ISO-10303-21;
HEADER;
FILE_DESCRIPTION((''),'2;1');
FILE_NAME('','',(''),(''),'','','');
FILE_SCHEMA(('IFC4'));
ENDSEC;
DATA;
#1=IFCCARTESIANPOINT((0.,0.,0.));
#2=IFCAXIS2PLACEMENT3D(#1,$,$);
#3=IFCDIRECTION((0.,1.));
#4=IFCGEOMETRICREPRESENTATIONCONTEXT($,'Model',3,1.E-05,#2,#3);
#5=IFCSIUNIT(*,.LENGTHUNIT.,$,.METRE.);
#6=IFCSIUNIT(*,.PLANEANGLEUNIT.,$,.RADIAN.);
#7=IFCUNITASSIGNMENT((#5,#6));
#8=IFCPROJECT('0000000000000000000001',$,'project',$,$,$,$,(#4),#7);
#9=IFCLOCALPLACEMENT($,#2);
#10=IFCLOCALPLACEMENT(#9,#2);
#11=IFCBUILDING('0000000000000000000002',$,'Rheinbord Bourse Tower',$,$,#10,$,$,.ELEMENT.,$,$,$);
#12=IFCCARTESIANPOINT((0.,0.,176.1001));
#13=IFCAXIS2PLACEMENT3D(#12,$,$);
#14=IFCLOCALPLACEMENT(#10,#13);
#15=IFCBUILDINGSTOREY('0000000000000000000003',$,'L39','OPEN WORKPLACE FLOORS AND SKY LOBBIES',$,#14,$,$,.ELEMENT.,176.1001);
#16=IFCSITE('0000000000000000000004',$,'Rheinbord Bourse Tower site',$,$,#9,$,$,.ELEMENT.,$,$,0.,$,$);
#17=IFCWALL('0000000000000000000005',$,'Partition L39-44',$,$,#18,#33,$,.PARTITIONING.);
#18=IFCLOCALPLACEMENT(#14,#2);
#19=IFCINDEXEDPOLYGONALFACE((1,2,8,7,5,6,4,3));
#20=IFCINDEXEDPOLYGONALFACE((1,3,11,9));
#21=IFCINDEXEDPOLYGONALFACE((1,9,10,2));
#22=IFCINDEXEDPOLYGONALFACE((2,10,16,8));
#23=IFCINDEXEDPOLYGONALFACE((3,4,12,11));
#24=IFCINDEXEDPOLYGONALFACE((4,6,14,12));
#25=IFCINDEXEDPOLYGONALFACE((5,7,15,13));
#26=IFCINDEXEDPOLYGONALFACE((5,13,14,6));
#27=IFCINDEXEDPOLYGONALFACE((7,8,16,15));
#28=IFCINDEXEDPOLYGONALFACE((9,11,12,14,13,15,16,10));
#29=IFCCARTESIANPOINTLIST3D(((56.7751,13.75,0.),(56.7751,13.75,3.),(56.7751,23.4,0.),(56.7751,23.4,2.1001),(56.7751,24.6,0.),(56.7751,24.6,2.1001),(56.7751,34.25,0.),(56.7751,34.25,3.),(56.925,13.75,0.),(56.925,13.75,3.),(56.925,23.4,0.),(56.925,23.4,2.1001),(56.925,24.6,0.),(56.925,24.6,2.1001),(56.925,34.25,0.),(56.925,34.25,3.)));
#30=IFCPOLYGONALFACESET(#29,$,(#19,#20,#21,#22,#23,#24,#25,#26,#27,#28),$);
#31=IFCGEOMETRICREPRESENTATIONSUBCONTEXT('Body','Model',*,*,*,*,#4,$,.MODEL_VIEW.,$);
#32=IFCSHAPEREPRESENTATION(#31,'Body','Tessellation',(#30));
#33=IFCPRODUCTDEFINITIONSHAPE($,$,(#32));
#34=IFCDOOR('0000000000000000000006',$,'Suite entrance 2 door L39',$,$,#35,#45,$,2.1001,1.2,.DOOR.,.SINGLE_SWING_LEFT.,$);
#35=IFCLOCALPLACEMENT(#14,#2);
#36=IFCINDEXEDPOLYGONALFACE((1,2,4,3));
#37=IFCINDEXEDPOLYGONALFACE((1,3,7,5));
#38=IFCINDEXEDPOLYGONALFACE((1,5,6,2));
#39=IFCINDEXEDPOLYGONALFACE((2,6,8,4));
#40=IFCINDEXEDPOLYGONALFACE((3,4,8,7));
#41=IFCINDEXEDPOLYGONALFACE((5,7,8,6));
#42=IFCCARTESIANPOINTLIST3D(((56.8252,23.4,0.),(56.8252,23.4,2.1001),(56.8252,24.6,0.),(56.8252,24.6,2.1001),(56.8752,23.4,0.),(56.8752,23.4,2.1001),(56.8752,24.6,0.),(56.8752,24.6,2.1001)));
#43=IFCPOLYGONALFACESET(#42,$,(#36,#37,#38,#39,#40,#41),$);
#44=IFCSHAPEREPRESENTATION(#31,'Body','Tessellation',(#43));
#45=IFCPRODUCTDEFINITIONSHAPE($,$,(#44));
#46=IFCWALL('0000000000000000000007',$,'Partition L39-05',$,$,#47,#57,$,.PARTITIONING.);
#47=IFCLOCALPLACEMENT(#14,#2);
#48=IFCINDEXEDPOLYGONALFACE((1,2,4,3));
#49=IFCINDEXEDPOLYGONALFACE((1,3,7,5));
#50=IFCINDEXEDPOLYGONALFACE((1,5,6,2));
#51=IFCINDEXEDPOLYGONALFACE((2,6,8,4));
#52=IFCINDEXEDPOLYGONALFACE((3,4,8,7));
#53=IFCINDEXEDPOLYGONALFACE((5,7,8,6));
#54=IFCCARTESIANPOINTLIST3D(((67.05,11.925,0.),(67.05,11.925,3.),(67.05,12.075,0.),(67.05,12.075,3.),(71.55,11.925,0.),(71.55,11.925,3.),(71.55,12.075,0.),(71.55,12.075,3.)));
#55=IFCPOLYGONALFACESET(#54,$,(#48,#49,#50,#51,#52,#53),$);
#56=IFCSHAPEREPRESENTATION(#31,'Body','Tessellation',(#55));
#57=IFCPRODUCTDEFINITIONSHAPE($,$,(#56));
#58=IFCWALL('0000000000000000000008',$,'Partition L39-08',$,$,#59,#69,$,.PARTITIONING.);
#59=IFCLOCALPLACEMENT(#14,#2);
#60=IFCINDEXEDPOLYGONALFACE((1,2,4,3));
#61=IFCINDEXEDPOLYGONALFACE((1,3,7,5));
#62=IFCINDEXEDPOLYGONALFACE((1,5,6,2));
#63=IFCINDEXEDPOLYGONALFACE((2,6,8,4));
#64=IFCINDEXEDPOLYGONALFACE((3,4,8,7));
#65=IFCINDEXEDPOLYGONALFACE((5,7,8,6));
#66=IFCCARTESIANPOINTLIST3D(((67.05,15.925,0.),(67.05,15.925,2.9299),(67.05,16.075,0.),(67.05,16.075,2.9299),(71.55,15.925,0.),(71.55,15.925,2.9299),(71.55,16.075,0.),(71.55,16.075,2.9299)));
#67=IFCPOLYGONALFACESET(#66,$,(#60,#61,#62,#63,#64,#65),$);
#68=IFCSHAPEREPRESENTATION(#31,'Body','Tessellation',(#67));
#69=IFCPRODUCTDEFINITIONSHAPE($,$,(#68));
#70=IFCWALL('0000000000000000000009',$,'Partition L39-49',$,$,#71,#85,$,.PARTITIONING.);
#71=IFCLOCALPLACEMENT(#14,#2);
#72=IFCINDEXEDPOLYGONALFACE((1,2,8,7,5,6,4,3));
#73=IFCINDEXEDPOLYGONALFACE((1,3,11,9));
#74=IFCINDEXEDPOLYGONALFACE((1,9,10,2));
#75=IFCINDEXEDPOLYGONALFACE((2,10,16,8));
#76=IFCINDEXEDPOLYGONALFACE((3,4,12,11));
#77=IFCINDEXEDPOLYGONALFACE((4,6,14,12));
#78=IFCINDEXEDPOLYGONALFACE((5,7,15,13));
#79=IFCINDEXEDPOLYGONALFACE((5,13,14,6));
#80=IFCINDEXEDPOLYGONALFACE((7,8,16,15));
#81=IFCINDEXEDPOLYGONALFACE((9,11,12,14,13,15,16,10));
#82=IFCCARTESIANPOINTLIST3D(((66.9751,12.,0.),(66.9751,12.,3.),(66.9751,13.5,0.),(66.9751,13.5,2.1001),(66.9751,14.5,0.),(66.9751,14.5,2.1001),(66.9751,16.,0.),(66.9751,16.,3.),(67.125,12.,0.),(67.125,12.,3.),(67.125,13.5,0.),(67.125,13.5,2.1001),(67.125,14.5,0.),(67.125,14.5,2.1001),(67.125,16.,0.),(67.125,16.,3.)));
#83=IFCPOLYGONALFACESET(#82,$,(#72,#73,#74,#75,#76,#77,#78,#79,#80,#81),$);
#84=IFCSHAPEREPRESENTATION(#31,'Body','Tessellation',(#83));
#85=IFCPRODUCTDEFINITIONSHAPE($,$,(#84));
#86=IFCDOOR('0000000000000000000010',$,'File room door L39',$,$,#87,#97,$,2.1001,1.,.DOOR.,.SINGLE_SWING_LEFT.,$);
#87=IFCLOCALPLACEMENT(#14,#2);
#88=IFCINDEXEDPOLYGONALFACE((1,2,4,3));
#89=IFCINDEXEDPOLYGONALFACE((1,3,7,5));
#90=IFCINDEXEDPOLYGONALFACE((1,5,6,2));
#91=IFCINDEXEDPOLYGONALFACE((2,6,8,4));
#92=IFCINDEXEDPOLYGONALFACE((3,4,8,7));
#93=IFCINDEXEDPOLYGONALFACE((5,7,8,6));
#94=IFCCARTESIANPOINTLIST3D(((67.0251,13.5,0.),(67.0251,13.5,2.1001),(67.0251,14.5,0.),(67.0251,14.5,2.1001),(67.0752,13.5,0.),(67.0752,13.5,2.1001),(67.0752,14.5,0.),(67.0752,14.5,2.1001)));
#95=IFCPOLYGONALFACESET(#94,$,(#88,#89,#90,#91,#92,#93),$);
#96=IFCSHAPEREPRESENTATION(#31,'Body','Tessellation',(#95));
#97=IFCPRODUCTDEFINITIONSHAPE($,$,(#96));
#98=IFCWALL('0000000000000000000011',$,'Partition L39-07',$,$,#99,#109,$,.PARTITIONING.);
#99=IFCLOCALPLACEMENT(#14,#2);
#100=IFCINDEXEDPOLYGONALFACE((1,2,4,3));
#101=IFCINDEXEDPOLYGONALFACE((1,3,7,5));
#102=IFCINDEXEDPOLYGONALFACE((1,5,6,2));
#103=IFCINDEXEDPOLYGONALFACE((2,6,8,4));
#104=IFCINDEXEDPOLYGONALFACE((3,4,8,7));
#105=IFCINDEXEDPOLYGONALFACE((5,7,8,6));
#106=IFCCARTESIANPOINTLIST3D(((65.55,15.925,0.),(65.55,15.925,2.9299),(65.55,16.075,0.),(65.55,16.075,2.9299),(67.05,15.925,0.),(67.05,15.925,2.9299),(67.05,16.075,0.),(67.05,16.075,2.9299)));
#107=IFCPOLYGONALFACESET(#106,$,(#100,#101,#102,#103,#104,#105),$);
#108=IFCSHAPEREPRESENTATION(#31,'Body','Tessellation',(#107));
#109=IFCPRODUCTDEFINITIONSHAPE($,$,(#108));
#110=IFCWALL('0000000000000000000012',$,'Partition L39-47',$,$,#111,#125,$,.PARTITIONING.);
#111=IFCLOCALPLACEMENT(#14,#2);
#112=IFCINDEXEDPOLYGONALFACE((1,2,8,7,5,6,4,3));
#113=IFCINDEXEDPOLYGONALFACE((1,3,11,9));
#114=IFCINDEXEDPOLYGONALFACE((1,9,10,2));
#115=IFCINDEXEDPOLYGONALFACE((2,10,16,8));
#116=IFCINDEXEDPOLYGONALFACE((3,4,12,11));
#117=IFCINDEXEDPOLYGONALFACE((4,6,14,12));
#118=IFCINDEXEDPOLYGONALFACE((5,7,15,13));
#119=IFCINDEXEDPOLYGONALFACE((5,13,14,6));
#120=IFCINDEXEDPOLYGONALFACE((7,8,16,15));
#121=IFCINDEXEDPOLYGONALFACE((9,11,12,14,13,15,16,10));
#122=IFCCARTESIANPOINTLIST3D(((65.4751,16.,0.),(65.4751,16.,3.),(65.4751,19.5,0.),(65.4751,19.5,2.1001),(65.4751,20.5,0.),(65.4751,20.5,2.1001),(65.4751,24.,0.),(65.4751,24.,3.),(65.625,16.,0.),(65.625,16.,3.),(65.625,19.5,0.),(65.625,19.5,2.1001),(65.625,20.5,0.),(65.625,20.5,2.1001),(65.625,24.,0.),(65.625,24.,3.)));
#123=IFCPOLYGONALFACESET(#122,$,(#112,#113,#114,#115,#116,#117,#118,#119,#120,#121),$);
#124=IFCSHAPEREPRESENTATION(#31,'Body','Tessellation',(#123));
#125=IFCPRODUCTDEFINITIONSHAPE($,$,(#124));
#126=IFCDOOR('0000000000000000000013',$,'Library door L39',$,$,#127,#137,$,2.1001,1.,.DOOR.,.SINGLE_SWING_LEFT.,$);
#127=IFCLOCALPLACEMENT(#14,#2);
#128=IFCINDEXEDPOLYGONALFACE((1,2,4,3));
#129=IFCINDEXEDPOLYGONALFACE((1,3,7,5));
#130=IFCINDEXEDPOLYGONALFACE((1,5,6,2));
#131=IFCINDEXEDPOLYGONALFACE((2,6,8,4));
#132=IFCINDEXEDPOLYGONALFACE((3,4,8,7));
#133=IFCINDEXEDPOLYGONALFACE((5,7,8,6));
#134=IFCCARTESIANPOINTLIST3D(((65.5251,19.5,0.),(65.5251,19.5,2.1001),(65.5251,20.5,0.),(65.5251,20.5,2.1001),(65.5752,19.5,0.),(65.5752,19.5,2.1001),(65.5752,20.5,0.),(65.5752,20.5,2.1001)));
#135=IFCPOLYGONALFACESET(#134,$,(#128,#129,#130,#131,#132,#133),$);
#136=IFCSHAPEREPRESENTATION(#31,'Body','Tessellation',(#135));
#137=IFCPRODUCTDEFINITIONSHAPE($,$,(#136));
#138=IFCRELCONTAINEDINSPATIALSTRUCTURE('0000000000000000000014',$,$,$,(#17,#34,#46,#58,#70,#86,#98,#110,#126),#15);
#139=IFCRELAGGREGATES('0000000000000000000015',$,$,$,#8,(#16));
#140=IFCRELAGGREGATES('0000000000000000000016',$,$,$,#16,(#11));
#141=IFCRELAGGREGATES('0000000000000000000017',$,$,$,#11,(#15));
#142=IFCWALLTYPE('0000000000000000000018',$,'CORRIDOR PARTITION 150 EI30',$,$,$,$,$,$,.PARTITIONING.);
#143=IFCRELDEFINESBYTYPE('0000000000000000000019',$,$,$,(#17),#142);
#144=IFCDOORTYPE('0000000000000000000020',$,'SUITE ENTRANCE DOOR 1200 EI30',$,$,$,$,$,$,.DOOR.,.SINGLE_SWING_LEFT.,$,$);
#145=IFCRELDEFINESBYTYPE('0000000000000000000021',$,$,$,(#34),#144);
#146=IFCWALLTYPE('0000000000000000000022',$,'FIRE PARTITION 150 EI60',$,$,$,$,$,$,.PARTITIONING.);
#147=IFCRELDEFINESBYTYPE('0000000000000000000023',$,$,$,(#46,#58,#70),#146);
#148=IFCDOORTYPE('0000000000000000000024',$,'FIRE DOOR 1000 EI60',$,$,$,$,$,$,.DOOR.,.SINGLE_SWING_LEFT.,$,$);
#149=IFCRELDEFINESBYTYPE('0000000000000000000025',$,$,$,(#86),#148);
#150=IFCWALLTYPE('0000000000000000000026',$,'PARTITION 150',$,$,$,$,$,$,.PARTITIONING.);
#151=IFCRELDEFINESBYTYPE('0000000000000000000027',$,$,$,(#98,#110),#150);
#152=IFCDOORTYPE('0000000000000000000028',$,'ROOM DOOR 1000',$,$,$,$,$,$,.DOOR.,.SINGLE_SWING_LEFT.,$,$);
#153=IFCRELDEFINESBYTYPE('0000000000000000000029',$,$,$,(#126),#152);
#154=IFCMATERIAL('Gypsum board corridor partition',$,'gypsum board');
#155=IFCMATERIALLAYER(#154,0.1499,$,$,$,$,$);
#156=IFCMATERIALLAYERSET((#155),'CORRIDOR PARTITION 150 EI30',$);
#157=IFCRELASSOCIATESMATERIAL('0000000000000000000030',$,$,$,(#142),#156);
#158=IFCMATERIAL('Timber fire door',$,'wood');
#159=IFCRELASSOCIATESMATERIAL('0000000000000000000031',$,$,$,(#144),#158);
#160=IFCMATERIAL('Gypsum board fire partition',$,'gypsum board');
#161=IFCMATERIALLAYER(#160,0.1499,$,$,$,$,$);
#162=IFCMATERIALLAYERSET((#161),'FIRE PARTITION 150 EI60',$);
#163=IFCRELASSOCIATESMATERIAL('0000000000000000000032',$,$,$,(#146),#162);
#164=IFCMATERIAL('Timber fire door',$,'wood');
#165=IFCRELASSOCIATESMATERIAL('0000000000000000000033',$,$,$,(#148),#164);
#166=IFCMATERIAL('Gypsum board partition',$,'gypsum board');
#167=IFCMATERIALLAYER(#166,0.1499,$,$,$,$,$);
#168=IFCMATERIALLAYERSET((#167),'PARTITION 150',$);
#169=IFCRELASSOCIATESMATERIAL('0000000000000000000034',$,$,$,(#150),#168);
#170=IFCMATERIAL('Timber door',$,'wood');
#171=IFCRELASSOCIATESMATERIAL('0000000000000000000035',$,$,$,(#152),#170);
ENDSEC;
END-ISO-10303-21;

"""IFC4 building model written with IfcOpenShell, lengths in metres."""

from ifc_helpers import new_model, si_unit, direction, frame, frame_2d, origin, place, context, subcontext, project, spatial, rectangle, extrude, material, layer, layer_set, type_object, element, fill, save


model = new_model("IFC4")

# Units and contexts
model_context = context("Model", 3, precision=1e-05, world=origin(), true_north=direction((0.0, 1.0)))
body_context = subcontext(model_context, "Body", "Model", "MODEL_VIEW")
ifc_project = project(units=[si_unit("LENGTHUNIT", "METRE"), si_unit("PLANEANGLEUNIT", "RADIAN")], contexts=[model_context])

# Site, building, storey
site_placement = place(None, origin())
site = spatial("IfcSite", under=ifc_project, at=site_placement, Name="Rheinbord Bourse Tower site", CompositionType="ELEMENT", RefElevation=0.0)
building_placement = place(site_placement, origin())
building = spatial("IfcBuilding", under=site, at=building_placement, Name="Rheinbord Bourse Tower", CompositionType="ELEMENT")
storey_placement = place(building_placement, frame((0.0, 0.0, 176.1001)))
storey = spatial("IfcBuildingStorey", under=building, at=storey_placement, Name="L39", Description="OPEN WORKPLACE FLOORS AND SKY LOBBIES", CompositionType="ELEMENT", Elevation=176.1001)

# Wall, opening, door
ifc_material_1 = material(Name="Gypsum board corridor partition", Category="gypsum board")
ifc_layer_1 = layer(ifc_material_1, 0.1499)
ifc_layer_set_1 = layer_set([ifc_layer_1], Name="CORRIDOR PARTITION 150 EI30")
wall_type_1 = type_object("IfcWallType", Name="CORRIDOR PARTITION 150 EI30", PredefinedType="PARTITIONING", material=ifc_layer_set_1)
wall_1_placement = place(storey_placement, frame((56.8501, 13.75, 0.0), z_axis=(0.0, 0.0, 1.0), x_axis=(0.0, 1.0, 0.0)))
wall_1 = element("IfcWall", 1, at=wall_1_placement, inside=storey, type_object=wall_type_1, Name="Partition L39-44", PredefinedType="PARTITIONING", context=body_context, shape_type="SweptSolid", body=[
    extrude(rectangle(XDim=20.5, YDim=0.1499, at=frame_2d((10.25, 0.0))), origin(), (0.0, 0.0, 1.0), 3.0),
])
opening_1_placement = place(wall_1_placement, frame((9.6499, 0.0, 0.0)))
opening_1 = element("IfcOpeningElement", 2, at=opening_1_placement, cuts=wall_1, PredefinedType="OPENING", context=body_context, shape_type="SweptSolid", body=[
    extrude(rectangle(XDim=1.2, YDim=2.1001, at=frame_2d((0.6001, 1.05))), frame((0.0, 0.085, 0.0), z_axis=(0.0, -1.0, 0.0), x_axis=(1.0, 0.0, 0.0)), (0.0, 0.0, 1.0), 0.1699),
])
ifc_material_2 = material(Name="Timber fire door", Category="wood")
door_type_1 = type_object("IfcDoorType", Name="SUITE ENTRANCE DOOR 1200 EI30", OperationType="SINGLE_SWING_LEFT", PredefinedType="DOOR", material=ifc_material_2)
door_1_placement = place(opening_1_placement, origin())
door_1 = element("IfcDoor", 3, at=door_1_placement, inside=storey, type_object=door_type_1, Name="Suite entrance 2 door L39", OperationType="SINGLE_SWING_LEFT", OverallHeight=2.1001, OverallWidth=1.2, PredefinedType="DOOR", context=body_context, shape_type="SweptSolid", body=[
    extrude(rectangle(XDim=1.2, YDim=2.1001, at=frame_2d((0.6001, 1.05))), frame((0.0, 0.0249, 0.0), z_axis=(0.0, -1.0, 0.0), x_axis=(1.0, 0.0, 0.0)), (0.0, 0.0, 1.0), 0.05),
])
fill(opening_1, door_1)

# Walls
ifc_material_3 = material(Name="Gypsum board fire partition", Category="gypsum board")
ifc_layer_2 = layer(ifc_material_3, 0.1499)
ifc_layer_set_2 = layer_set([ifc_layer_2], Name="FIRE PARTITION 150 EI60")
wall_type_2 = type_object("IfcWallType", Name="FIRE PARTITION 150 EI60", PredefinedType="PARTITIONING", material=ifc_layer_set_2)
wall_2_placement = place(storey_placement, frame((67.05, 12.0, 0.0), z_axis=(0.0, 0.0, 1.0), x_axis=(1.0, 0.0, 0.0)))
element("IfcWall", 4, at=wall_2_placement, inside=storey, type_object=wall_type_2, Name="Partition L39-05", PredefinedType="PARTITIONING", context=body_context, shape_type="SweptSolid", body=[
    extrude(rectangle(XDim=4.5, YDim=0.1499, at=frame_2d((2.25, 0.0))), origin(), (0.0, 0.0, 1.0), 3.0),
])
wall_3_placement = place(storey_placement, frame((67.05, 16.0, 0.0), z_axis=(0.0, 0.0, 1.0), x_axis=(1.0, 0.0, 0.0)))
element("IfcWall", 5, at=wall_3_placement, inside=storey, type_object=wall_type_2, Name="Partition L39-08", PredefinedType="PARTITIONING", context=body_context, shape_type="SweptSolid", body=[
    extrude(rectangle(XDim=4.5, YDim=0.1499, at=frame_2d((2.25, 0.0))), origin(), (0.0, 0.0, 1.0), 2.9299),
])

# Wall, opening, door
wall_4_placement = place(storey_placement, frame((67.05, 12.0, 0.0), z_axis=(0.0, 0.0, 1.0), x_axis=(0.0, 1.0, 0.0)))
wall_4 = element("IfcWall", 6, at=wall_4_placement, inside=storey, type_object=wall_type_2, Name="Partition L39-49", PredefinedType="PARTITIONING", context=body_context, shape_type="SweptSolid", body=[
    extrude(rectangle(XDim=4.0, YDim=0.1499, at=frame_2d((2.0, 0.0))), origin(), (0.0, 0.0, 1.0), 3.0),
])
opening_2_placement = place(wall_4_placement, frame((1.5, 0.0, 0.0)))
opening_2 = element("IfcOpeningElement", 7, at=opening_2_placement, cuts=wall_4, PredefinedType="OPENING", context=body_context, shape_type="SweptSolid", body=[
    extrude(rectangle(XDim=1.0, YDim=2.1001, at=frame_2d((0.5, 1.05))), frame((0.0, 0.085, 0.0), z_axis=(0.0, -1.0, 0.0), x_axis=(1.0, 0.0, 0.0)), (0.0, 0.0, 1.0), 0.1699),
])
ifc_material_4 = material(Name="Timber fire door", Category="wood")
door_type_2 = type_object("IfcDoorType", Name="FIRE DOOR 1000 EI60", OperationType="SINGLE_SWING_LEFT", PredefinedType="DOOR", material=ifc_material_4)
door_2_placement = place(opening_2_placement, origin())
door_2 = element("IfcDoor", 8, at=door_2_placement, inside=storey, type_object=door_type_2, Name="File room door L39", OperationType="SINGLE_SWING_LEFT", OverallHeight=2.1001, OverallWidth=1.0, PredefinedType="DOOR", context=body_context, shape_type="SweptSolid", body=[
    extrude(rectangle(XDim=1.0, YDim=2.1001, at=frame_2d((0.5, 1.05))), frame((0.0, 0.0249, 0.0), z_axis=(0.0, -1.0, 0.0), x_axis=(1.0, 0.0, 0.0)), (0.0, 0.0, 1.0), 0.05),
])
fill(opening_2, door_2)

# Wall
ifc_material_5 = material(Name="Gypsum board partition", Category="gypsum board")
ifc_layer_3 = layer(ifc_material_5, 0.1499)
ifc_layer_set_3 = layer_set([ifc_layer_3], Name="PARTITION 150")
wall_type_3 = type_object("IfcWallType", Name="PARTITION 150", PredefinedType="PARTITIONING", material=ifc_layer_set_3)
wall_5_placement = place(storey_placement, frame((65.55, 16.0, 0.0), z_axis=(0.0, 0.0, 1.0), x_axis=(1.0, 0.0, 0.0)))
element("IfcWall", 9, at=wall_5_placement, inside=storey, type_object=wall_type_3, Name="Partition L39-07", PredefinedType="PARTITIONING", context=body_context, shape_type="SweptSolid", body=[
    extrude(rectangle(XDim=1.5, YDim=0.1499, at=frame_2d((0.75, 0.0))), origin(), (0.0, 0.0, 1.0), 2.9299),
])

# Wall, opening, door
wall_6_placement = place(storey_placement, frame((65.55, 16.0, 0.0), z_axis=(0.0, 0.0, 1.0), x_axis=(0.0, 1.0, 0.0)))
wall_6 = element("IfcWall", 10, at=wall_6_placement, inside=storey, type_object=wall_type_3, Name="Partition L39-47", PredefinedType="PARTITIONING", context=body_context, shape_type="SweptSolid", body=[
    extrude(rectangle(XDim=8.0, YDim=0.1499, at=frame_2d((4.0, 0.0))), origin(), (0.0, 0.0, 1.0), 3.0),
])
opening_3_placement = place(wall_6_placement, frame((3.5, 0.0, 0.0)))
opening_3 = element("IfcOpeningElement", 11, at=opening_3_placement, cuts=wall_6, PredefinedType="OPENING", context=body_context, shape_type="SweptSolid", body=[
    extrude(rectangle(XDim=1.0, YDim=2.1001, at=frame_2d((0.5, 1.05))), frame((0.0, 0.085, 0.0), z_axis=(0.0, -1.0, 0.0), x_axis=(1.0, 0.0, 0.0)), (0.0, 0.0, 1.0), 0.1699),
])
ifc_material_6 = material(Name="Timber door", Category="wood")
door_type_3 = type_object("IfcDoorType", Name="ROOM DOOR 1000", OperationType="SINGLE_SWING_LEFT", PredefinedType="DOOR", material=ifc_material_6)
door_3_placement = place(opening_3_placement, origin())
door_3 = element("IfcDoor", 12, at=door_3_placement, inside=storey, type_object=door_type_3, Name="Library door L39", OperationType="SINGLE_SWING_LEFT", OverallHeight=2.1001, OverallWidth=1.0, PredefinedType="DOOR", context=body_context, shape_type="SweptSolid", body=[
    extrude(rectangle(XDim=1.0, YDim=2.1001, at=frame_2d((0.5, 1.05))), frame((0.0, 0.0249, 0.0), z_axis=(0.0, -1.0, 0.0), x_axis=(1.0, 0.0, 0.0)), (0.0, 0.0, 1.0), 0.05),
])
fill(opening_3, door_3)

save(model, "model.ifc")
